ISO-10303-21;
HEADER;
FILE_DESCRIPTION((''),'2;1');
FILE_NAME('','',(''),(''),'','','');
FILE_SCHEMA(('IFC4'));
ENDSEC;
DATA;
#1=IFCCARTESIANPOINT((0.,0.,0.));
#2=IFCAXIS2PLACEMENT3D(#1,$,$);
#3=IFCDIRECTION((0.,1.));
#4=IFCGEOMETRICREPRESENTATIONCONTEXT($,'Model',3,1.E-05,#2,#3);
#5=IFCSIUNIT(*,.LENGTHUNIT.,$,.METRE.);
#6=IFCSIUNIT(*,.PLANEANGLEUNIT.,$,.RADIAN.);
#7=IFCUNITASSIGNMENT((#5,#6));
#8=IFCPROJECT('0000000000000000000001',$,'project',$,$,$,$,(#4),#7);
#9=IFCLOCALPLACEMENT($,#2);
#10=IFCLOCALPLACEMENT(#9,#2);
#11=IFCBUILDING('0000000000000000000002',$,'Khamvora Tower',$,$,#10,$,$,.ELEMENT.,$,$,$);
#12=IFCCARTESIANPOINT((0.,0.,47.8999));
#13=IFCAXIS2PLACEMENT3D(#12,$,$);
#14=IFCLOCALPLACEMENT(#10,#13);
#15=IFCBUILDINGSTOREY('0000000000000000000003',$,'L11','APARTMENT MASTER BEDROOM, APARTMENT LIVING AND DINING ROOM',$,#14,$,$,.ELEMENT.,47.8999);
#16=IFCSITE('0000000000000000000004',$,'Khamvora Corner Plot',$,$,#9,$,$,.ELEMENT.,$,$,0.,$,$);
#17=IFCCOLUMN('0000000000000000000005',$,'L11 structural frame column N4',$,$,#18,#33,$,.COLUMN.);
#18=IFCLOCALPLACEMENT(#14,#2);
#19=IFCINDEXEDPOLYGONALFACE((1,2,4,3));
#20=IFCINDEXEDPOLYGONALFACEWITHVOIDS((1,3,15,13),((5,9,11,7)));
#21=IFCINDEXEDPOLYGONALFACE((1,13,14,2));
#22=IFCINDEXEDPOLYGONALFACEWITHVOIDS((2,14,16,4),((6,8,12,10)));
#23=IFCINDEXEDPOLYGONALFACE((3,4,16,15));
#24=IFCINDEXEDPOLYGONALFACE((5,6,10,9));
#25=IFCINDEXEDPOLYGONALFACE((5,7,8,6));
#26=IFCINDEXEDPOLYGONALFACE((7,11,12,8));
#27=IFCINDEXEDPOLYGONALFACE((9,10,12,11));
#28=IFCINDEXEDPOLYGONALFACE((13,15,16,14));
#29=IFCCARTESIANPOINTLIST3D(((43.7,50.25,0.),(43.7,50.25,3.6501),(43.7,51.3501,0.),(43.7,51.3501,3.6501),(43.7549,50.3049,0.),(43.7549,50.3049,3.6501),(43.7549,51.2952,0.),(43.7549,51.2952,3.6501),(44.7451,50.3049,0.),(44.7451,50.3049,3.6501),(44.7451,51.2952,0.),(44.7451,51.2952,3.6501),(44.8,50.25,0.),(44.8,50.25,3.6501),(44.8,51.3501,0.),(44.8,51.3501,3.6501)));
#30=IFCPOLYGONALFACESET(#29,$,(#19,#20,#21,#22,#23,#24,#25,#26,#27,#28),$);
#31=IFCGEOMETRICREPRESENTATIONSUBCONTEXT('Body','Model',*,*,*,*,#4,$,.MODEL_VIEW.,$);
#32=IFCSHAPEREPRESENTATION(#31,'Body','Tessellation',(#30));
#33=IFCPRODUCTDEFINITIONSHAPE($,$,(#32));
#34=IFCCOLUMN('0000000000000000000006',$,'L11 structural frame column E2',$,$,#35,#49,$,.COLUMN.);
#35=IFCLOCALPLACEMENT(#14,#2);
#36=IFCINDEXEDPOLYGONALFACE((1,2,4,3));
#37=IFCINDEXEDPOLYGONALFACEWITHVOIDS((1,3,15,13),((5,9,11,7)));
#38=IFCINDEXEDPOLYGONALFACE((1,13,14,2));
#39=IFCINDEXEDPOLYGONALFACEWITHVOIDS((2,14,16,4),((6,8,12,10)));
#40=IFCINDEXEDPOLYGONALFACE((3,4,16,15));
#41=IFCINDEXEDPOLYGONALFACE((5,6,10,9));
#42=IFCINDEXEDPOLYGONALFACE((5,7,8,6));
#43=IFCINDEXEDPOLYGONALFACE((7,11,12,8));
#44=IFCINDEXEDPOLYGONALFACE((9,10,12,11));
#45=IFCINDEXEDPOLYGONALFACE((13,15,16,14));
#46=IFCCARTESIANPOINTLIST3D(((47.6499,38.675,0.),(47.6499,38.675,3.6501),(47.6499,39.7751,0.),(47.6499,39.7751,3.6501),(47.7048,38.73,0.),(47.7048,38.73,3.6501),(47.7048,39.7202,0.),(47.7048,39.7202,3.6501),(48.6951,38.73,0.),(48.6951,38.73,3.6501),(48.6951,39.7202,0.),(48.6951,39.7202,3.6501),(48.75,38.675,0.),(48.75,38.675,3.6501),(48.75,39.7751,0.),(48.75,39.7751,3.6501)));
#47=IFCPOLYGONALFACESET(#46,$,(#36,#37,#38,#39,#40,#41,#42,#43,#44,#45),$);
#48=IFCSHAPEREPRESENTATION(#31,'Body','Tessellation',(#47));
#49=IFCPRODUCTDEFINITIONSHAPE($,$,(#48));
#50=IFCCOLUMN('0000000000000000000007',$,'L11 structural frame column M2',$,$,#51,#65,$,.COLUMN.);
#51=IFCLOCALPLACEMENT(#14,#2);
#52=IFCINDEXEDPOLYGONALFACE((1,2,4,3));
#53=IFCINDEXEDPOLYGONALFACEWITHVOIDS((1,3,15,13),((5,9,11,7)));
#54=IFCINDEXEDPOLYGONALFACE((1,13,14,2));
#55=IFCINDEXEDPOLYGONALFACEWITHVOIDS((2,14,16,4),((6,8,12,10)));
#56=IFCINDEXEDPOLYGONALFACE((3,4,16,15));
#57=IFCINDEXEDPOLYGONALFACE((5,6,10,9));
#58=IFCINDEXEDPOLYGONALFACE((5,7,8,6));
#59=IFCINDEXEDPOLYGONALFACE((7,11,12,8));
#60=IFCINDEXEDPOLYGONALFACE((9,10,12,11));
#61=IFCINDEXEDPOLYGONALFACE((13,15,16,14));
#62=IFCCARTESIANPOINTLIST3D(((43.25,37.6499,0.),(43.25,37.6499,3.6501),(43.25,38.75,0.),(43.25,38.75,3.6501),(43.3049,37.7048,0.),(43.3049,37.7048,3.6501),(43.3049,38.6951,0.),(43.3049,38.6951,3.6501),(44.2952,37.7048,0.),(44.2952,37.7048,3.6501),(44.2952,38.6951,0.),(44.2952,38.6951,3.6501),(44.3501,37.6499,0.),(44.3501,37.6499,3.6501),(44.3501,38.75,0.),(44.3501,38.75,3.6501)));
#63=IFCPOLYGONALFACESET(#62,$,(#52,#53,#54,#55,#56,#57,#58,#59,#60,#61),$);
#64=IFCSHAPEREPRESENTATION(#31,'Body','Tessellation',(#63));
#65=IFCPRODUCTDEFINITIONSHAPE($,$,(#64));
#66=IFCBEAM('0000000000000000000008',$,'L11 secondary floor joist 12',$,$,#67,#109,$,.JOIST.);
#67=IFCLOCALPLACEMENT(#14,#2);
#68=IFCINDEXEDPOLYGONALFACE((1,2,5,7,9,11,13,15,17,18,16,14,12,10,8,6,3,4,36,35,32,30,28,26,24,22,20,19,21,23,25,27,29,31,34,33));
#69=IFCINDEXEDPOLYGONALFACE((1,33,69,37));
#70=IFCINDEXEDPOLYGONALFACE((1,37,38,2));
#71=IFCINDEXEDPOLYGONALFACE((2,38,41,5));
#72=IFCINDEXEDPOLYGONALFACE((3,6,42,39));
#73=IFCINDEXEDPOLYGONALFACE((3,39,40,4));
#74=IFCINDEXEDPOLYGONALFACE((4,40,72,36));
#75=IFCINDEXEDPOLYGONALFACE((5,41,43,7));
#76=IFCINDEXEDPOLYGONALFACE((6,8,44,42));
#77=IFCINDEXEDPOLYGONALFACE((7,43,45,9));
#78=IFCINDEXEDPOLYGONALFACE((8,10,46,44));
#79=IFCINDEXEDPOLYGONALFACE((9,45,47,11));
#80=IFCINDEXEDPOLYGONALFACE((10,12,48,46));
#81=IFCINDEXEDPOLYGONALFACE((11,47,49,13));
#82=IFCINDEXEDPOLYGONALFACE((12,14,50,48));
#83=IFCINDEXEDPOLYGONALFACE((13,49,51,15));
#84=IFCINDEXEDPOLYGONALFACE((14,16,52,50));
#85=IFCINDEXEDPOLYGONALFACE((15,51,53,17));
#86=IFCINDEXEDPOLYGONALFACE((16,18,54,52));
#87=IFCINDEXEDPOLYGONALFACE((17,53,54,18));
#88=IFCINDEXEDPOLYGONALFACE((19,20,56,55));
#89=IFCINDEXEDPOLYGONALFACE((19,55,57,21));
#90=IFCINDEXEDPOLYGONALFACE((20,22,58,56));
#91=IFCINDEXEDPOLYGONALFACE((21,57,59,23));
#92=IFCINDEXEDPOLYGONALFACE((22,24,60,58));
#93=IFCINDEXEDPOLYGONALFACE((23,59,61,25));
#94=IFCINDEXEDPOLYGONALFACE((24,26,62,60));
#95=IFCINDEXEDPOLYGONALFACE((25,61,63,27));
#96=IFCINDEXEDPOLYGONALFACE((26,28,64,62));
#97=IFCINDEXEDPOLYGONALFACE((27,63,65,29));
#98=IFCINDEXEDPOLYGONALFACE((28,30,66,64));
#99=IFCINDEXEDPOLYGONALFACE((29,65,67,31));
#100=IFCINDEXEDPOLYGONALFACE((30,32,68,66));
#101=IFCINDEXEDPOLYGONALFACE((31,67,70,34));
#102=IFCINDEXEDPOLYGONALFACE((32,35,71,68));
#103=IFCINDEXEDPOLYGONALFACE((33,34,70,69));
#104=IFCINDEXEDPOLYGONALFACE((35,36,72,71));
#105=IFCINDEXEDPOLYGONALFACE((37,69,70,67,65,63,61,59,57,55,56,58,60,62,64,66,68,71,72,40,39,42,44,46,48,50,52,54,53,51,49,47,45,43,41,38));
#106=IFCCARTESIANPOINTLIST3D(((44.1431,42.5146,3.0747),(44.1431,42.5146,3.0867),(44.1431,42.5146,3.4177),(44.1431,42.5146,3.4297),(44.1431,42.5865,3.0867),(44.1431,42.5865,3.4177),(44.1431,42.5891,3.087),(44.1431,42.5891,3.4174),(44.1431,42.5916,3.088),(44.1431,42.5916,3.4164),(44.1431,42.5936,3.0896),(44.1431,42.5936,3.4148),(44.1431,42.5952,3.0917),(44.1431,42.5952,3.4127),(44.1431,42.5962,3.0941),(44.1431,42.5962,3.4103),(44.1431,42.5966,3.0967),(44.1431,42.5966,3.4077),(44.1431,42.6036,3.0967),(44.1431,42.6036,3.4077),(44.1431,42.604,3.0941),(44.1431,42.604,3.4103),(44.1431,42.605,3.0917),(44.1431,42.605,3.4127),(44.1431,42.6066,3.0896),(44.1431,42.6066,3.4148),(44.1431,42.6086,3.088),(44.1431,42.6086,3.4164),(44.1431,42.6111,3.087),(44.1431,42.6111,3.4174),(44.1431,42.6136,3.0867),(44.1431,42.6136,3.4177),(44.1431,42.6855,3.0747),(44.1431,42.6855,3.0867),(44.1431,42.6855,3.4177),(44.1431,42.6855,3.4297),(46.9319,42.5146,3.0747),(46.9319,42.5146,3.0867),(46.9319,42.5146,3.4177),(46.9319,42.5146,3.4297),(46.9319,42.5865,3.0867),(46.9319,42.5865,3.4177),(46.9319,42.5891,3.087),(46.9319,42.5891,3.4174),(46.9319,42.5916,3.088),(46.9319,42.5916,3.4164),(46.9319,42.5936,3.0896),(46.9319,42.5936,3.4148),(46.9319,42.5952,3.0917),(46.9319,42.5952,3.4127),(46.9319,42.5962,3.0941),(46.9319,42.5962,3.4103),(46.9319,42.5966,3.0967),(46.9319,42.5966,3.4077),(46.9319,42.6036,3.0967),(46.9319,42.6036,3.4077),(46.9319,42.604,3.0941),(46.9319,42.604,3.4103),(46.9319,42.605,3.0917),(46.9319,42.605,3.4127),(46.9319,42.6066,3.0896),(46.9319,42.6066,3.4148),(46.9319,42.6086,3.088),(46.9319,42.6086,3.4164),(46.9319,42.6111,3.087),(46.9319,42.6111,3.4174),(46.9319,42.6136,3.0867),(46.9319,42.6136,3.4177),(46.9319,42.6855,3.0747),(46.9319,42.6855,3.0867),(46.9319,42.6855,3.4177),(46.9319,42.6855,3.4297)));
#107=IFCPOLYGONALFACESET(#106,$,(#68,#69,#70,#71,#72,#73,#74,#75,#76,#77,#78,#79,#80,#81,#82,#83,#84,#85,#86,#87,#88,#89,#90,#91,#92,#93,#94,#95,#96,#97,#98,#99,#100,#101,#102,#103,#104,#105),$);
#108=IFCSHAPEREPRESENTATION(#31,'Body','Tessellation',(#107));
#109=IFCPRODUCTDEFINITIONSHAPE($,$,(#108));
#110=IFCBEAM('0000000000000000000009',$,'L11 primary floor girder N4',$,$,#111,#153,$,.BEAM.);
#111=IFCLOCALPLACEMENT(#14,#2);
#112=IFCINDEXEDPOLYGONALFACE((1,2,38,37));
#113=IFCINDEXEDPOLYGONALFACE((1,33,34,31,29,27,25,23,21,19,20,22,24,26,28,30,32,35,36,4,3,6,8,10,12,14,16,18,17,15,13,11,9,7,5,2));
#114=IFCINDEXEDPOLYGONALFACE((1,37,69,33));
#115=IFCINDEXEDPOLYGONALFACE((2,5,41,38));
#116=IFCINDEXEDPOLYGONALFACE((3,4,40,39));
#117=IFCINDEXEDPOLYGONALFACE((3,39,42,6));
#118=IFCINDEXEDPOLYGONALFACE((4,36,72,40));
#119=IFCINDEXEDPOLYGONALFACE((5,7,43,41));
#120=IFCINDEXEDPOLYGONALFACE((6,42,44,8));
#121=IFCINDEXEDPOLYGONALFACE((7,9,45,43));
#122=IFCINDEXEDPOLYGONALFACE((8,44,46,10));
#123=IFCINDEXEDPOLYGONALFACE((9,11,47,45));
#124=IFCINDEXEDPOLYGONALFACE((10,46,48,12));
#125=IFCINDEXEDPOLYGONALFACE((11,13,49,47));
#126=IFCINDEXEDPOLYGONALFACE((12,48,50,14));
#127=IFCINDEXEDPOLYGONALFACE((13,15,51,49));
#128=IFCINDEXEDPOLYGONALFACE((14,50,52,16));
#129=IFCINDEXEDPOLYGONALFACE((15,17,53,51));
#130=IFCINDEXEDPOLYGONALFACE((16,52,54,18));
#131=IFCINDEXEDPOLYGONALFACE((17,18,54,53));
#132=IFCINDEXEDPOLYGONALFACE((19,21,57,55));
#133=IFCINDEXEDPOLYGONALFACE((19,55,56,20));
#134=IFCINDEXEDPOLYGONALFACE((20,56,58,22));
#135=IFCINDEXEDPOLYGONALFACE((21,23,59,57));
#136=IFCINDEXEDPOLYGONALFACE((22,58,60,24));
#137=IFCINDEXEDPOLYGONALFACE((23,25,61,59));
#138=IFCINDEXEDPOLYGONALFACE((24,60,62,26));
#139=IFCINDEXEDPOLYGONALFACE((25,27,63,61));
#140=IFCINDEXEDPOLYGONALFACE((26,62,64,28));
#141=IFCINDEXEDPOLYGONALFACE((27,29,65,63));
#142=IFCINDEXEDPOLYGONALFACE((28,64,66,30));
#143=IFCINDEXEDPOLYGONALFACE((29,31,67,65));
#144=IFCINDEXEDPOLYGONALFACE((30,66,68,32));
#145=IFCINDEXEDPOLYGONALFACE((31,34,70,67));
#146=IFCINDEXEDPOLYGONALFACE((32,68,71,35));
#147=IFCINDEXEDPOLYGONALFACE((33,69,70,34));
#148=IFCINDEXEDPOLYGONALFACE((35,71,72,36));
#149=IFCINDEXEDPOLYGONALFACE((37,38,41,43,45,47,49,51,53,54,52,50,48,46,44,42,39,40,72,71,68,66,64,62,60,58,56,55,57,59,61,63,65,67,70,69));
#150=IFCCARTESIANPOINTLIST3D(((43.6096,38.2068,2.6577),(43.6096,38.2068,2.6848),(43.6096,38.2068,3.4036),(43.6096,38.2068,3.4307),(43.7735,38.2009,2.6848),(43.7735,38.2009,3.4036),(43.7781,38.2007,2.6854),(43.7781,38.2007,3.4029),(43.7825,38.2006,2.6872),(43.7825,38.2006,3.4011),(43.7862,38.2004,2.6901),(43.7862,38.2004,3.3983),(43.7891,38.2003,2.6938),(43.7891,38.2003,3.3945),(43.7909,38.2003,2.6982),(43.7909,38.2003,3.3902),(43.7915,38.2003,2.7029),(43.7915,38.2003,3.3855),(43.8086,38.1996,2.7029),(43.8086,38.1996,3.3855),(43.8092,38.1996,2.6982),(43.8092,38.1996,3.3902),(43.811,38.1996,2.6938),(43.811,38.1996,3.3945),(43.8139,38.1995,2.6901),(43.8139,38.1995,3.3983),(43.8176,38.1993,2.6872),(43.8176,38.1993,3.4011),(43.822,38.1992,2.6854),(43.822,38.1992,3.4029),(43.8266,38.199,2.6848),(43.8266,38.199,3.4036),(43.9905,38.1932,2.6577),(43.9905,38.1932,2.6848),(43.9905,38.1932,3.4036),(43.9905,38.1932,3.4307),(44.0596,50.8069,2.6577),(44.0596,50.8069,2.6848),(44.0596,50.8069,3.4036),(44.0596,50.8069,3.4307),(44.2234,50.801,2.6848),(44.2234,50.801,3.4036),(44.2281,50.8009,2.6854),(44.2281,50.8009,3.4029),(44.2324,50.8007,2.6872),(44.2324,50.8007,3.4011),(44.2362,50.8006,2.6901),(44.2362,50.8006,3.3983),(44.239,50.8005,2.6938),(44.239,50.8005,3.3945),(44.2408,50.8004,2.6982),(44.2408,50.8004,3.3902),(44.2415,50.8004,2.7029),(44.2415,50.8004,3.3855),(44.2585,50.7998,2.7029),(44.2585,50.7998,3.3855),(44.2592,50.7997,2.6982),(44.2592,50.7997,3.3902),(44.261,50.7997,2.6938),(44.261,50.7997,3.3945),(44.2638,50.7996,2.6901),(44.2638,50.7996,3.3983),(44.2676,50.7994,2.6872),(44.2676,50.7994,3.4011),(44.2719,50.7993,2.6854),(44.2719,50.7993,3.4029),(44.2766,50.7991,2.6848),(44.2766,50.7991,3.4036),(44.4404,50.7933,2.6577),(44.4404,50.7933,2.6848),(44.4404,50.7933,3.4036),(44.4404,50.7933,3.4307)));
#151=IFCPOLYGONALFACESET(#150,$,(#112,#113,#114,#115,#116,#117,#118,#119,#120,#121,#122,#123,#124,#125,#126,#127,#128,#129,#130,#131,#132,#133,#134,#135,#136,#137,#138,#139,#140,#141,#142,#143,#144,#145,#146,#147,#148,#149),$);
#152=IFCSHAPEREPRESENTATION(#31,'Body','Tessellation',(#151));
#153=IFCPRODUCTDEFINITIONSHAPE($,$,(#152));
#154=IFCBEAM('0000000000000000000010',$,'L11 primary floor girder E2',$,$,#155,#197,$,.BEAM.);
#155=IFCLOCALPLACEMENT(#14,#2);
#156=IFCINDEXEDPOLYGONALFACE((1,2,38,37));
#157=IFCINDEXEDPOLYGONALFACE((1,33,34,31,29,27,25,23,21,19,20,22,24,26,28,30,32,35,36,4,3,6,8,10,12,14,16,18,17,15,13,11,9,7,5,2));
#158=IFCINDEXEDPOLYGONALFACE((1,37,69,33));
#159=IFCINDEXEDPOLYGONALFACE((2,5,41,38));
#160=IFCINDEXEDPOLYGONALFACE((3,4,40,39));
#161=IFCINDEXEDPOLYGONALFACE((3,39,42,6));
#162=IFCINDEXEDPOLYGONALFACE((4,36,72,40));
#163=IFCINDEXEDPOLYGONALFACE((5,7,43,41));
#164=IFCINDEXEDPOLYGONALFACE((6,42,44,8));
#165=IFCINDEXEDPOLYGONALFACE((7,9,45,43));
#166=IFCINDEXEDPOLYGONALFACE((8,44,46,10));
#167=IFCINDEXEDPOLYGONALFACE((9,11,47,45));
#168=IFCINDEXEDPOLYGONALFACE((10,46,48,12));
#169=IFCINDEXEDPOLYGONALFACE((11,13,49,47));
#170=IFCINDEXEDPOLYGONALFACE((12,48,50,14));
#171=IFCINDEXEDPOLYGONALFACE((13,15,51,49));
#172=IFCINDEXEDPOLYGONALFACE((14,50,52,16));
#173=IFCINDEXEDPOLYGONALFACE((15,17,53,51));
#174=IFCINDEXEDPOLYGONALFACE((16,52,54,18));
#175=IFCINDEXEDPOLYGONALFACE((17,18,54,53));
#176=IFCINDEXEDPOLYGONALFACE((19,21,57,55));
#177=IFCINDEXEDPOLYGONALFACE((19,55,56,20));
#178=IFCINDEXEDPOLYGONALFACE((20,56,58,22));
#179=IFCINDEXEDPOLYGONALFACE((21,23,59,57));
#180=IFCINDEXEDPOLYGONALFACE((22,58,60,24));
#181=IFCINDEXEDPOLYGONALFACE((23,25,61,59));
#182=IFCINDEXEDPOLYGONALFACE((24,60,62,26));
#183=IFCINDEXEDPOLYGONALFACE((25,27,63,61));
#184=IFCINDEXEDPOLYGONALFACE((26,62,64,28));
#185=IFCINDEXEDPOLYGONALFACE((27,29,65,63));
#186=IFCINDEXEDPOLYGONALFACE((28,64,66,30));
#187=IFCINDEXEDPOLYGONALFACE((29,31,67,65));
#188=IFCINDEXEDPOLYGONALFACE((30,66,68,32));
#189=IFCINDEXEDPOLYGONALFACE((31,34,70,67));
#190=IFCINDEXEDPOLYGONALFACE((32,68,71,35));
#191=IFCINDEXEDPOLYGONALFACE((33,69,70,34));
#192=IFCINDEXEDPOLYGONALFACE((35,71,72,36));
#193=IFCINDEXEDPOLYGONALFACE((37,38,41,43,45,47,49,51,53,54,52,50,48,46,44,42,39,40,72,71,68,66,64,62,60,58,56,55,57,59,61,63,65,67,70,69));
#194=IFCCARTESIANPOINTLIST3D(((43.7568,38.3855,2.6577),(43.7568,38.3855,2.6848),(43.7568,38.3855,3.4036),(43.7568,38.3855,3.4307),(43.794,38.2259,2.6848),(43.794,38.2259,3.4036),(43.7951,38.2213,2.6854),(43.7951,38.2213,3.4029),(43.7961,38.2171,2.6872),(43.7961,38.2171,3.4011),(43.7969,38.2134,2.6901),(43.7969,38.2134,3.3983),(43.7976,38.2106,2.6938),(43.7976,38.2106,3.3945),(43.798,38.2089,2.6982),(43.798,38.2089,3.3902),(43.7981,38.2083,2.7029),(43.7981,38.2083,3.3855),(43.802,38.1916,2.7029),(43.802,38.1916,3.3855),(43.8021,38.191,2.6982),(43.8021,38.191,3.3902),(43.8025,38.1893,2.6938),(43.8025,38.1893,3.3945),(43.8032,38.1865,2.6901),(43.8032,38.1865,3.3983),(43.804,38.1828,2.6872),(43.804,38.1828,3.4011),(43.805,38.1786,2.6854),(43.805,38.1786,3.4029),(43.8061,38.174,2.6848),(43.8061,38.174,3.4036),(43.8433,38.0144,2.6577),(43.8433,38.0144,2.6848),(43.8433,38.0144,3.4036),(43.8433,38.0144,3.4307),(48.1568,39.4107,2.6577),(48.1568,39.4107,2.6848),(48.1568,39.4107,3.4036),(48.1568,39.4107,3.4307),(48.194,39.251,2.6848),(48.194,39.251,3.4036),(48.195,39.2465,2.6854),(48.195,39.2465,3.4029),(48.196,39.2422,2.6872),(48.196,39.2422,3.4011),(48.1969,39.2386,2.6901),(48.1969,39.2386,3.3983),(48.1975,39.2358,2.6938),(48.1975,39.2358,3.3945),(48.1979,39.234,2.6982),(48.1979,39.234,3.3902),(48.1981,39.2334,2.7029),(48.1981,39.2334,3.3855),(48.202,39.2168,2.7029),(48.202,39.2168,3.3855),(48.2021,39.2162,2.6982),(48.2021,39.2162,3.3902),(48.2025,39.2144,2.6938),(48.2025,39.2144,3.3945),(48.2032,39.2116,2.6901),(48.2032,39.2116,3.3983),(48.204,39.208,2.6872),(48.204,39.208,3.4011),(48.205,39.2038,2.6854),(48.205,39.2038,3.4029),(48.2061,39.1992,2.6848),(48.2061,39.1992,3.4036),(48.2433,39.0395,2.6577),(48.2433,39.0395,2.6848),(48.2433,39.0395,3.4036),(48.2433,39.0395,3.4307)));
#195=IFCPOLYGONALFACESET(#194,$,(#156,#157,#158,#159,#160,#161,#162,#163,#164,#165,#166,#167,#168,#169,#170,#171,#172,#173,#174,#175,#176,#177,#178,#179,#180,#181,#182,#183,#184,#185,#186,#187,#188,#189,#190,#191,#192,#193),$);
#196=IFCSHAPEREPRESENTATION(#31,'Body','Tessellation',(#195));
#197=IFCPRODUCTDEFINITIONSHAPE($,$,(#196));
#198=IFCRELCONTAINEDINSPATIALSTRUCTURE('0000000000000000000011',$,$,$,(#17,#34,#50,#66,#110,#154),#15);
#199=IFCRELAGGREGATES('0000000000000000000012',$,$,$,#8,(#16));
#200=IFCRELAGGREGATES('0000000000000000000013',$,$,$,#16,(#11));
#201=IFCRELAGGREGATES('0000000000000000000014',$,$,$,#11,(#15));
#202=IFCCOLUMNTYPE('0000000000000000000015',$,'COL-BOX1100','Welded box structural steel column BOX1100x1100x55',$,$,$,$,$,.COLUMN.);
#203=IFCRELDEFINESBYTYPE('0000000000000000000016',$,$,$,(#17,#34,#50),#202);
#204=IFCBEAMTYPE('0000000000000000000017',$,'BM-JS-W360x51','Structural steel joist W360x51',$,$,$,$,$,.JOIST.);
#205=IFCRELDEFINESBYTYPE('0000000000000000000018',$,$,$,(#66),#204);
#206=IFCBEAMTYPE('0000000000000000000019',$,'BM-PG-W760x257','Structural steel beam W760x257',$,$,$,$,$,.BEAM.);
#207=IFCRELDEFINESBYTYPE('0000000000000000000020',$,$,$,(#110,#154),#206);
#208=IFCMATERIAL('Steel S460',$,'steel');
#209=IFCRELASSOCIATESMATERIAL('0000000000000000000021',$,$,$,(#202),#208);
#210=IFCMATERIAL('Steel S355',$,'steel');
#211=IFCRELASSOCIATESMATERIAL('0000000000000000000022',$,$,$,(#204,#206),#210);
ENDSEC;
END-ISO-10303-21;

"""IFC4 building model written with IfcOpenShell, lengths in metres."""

from ifc_helpers import new_model, si_unit, direction, frame, origin, origin_2d, place, context, subcontext, project, spatial, hollow_rectangle, i_section, extrude, material, material_profile, profile_set, type_object, element, save


model = new_model("IFC4")

# Units and contexts
model_context = context("Model", 3, precision=1e-05, world=origin(), true_north=direction((0.0, 1.0)))
body_context = subcontext(model_context, "Body", "Model", "MODEL_VIEW")
ifc_project = project(units=[si_unit("LENGTHUNIT", "METRE"), si_unit("PLANEANGLEUNIT", "RADIAN")], contexts=[model_context])

# Site, building, storey
site_placement = place(None, origin())
site = spatial("IfcSite", under=ifc_project, at=site_placement, Name="Khamvora Corner Plot", CompositionType="ELEMENT", RefElevation=0.0)
building_placement = place(site_placement, origin())
building = spatial("IfcBuilding", under=site, at=building_placement, Name="Khamvora Tower", CompositionType="ELEMENT")
storey_placement = place(building_placement, frame((0.0, 0.0, 47.8999)))
storey = spatial("IfcBuildingStorey", under=building, at=storey_placement, Name="L11", Description="APARTMENT MASTER BEDROOM, APARTMENT LIVING AND DINING ROOM", CompositionType="ELEMENT", Elevation=47.8999)

# Columns
ifc_material_1 = material(Name="Steel S460", Category="steel")
ifc_material_profile_1 = material_profile(ifc_material_1, hollow_rectangle(XDim=1.1001, YDim=1.1001, WallThickness=0.0549, at=origin_2d()), Name="BOX1100x1100x55")
ifc_profile_set_1 = profile_set([ifc_material_profile_1], Name="Steel S460")
column_type = type_object("IfcColumnType", Name="COL-BOX1100", Description="Welded box structural steel column BOX1100x1100x55", PredefinedType="COLUMN", material=ifc_profile_set_1)
for number, where, z_axis, x_axis, name in (
    (1, (44.25, 50.8, 0.0), (0.0, 0.0, 1.0), (1.0, 0.0, 0.0), "L11 structural frame column N4"),
    (2, (48.2, 39.2251, 0.0), (0.0, 0.0, 1.0), (1.0, 0.0, 0.0), "L11 structural frame column E2"),
    (3, (43.8, 38.2, 0.0), (0.0, 0.0, 1.0), (1.0, 0.0, 0.0), "L11 structural frame column M2"),
):
    element("IfcColumn", number, at=place(storey_placement, frame(where, z_axis=z_axis, x_axis=x_axis)), inside=storey, type_object=column_type, Name=name, PredefinedType="COLUMN", context=body_context, shape_type="SweptSolid", body=[
        extrude(hollow_rectangle(XDim=1.1001, YDim=1.1001, WallThickness=0.0549, at=origin_2d()), origin(), (0.0, 0.0, 1.0), 3.6501),
    ])

# Beams
ifc_material_2 = material(Name="Steel S355", Category="steel")
ifc_material_profile_2 = material_profile(ifc_material_2, i_section(OverallWidth=0.1709, OverallDepth=0.355, WebThickness=0.0071, FlangeThickness=0.012, FilletRadius=0.01, at=origin_2d()), Name="W360x51")
ifc_profile_set_2 = profile_set([ifc_material_profile_2], Name="Steel S355")
beam_type_1 = type_object("IfcBeamType", Name="BM-JS-W360x51", Description="Structural steel joist W360x51", PredefinedType="JOIST", material=ifc_profile_set_2)
beam_1_placement = place(storey_placement, frame((44.1431, 42.6001, 3.2522), z_axis=(1.0, 0.0, 0.0), x_axis=(0.0, 1.0, 0.0)))
element("IfcBeam", 4, at=beam_1_placement, inside=storey, type_object=beam_type_1, Name="L11 secondary floor joist 12", PredefinedType="JOIST", context=body_context, shape_type="SweptSolid", body=[
    extrude(i_section(OverallWidth=0.1709, OverallDepth=0.355, WebThickness=0.0071, FlangeThickness=0.012, FilletRadius=0.01, at=origin_2d()), origin(), (0.0, 0.0, 1.0), 2.7888),
])
ifc_material_profile_3 = material_profile(ifc_material_2, i_section(OverallWidth=0.3811, OverallDepth=0.7729, WebThickness=0.0171, FlangeThickness=0.0271, FilletRadius=0.0181, at=origin_2d()), Name="W760x257")
ifc_profile_set_3 = profile_set([ifc_material_profile_3], Name="Steel S355")
beam_type_2 = type_object("IfcBeamType", Name="BM-PG-W760x257", Description="Structural steel beam W760x257", PredefinedType="BEAM", material=ifc_profile_set_3)
beam_2_placement = place(storey_placement, frame((43.8, 38.2, 3.0442), z_axis=(0.035687, 0.999363, 0.0), x_axis=(-0.999363, 0.035687, 0.0)))
element("IfcBeam", 5, at=beam_2_placement, inside=storey, type_object=beam_type_2, Name="L11 primary floor girder N4", PredefinedType="BEAM", context=body_context, shape_type="SweptSolid", body=[
    extrude(i_section(OverallWidth=0.3811, OverallDepth=0.7729, WebThickness=0.0171, FlangeThickness=0.0271, FilletRadius=0.0181, at=origin_2d()), origin(), (0.0, 0.0, 1.0), 12.6082),
])
beam_3_placement = place(storey_placement, frame((43.8, 38.2, 3.0442), z_axis=(0.973915, 0.226915, 0.0), x_axis=(-0.226915, 0.973915, 0.0)))
element("IfcBeam", 6, at=beam_3_placement, inside=storey, type_object=beam_type_2, Name="L11 primary floor girder E2", PredefinedType="BEAM", context=body_context, shape_type="SweptSolid", body=[
    extrude(i_section(OverallWidth=0.3811, OverallDepth=0.7729, WebThickness=0.0171, FlangeThickness=0.0271, FilletRadius=0.0181, at=origin_2d()), origin(), (0.0, 0.0, 1.0), 4.5178),
])

save(model, "model.ifc")
